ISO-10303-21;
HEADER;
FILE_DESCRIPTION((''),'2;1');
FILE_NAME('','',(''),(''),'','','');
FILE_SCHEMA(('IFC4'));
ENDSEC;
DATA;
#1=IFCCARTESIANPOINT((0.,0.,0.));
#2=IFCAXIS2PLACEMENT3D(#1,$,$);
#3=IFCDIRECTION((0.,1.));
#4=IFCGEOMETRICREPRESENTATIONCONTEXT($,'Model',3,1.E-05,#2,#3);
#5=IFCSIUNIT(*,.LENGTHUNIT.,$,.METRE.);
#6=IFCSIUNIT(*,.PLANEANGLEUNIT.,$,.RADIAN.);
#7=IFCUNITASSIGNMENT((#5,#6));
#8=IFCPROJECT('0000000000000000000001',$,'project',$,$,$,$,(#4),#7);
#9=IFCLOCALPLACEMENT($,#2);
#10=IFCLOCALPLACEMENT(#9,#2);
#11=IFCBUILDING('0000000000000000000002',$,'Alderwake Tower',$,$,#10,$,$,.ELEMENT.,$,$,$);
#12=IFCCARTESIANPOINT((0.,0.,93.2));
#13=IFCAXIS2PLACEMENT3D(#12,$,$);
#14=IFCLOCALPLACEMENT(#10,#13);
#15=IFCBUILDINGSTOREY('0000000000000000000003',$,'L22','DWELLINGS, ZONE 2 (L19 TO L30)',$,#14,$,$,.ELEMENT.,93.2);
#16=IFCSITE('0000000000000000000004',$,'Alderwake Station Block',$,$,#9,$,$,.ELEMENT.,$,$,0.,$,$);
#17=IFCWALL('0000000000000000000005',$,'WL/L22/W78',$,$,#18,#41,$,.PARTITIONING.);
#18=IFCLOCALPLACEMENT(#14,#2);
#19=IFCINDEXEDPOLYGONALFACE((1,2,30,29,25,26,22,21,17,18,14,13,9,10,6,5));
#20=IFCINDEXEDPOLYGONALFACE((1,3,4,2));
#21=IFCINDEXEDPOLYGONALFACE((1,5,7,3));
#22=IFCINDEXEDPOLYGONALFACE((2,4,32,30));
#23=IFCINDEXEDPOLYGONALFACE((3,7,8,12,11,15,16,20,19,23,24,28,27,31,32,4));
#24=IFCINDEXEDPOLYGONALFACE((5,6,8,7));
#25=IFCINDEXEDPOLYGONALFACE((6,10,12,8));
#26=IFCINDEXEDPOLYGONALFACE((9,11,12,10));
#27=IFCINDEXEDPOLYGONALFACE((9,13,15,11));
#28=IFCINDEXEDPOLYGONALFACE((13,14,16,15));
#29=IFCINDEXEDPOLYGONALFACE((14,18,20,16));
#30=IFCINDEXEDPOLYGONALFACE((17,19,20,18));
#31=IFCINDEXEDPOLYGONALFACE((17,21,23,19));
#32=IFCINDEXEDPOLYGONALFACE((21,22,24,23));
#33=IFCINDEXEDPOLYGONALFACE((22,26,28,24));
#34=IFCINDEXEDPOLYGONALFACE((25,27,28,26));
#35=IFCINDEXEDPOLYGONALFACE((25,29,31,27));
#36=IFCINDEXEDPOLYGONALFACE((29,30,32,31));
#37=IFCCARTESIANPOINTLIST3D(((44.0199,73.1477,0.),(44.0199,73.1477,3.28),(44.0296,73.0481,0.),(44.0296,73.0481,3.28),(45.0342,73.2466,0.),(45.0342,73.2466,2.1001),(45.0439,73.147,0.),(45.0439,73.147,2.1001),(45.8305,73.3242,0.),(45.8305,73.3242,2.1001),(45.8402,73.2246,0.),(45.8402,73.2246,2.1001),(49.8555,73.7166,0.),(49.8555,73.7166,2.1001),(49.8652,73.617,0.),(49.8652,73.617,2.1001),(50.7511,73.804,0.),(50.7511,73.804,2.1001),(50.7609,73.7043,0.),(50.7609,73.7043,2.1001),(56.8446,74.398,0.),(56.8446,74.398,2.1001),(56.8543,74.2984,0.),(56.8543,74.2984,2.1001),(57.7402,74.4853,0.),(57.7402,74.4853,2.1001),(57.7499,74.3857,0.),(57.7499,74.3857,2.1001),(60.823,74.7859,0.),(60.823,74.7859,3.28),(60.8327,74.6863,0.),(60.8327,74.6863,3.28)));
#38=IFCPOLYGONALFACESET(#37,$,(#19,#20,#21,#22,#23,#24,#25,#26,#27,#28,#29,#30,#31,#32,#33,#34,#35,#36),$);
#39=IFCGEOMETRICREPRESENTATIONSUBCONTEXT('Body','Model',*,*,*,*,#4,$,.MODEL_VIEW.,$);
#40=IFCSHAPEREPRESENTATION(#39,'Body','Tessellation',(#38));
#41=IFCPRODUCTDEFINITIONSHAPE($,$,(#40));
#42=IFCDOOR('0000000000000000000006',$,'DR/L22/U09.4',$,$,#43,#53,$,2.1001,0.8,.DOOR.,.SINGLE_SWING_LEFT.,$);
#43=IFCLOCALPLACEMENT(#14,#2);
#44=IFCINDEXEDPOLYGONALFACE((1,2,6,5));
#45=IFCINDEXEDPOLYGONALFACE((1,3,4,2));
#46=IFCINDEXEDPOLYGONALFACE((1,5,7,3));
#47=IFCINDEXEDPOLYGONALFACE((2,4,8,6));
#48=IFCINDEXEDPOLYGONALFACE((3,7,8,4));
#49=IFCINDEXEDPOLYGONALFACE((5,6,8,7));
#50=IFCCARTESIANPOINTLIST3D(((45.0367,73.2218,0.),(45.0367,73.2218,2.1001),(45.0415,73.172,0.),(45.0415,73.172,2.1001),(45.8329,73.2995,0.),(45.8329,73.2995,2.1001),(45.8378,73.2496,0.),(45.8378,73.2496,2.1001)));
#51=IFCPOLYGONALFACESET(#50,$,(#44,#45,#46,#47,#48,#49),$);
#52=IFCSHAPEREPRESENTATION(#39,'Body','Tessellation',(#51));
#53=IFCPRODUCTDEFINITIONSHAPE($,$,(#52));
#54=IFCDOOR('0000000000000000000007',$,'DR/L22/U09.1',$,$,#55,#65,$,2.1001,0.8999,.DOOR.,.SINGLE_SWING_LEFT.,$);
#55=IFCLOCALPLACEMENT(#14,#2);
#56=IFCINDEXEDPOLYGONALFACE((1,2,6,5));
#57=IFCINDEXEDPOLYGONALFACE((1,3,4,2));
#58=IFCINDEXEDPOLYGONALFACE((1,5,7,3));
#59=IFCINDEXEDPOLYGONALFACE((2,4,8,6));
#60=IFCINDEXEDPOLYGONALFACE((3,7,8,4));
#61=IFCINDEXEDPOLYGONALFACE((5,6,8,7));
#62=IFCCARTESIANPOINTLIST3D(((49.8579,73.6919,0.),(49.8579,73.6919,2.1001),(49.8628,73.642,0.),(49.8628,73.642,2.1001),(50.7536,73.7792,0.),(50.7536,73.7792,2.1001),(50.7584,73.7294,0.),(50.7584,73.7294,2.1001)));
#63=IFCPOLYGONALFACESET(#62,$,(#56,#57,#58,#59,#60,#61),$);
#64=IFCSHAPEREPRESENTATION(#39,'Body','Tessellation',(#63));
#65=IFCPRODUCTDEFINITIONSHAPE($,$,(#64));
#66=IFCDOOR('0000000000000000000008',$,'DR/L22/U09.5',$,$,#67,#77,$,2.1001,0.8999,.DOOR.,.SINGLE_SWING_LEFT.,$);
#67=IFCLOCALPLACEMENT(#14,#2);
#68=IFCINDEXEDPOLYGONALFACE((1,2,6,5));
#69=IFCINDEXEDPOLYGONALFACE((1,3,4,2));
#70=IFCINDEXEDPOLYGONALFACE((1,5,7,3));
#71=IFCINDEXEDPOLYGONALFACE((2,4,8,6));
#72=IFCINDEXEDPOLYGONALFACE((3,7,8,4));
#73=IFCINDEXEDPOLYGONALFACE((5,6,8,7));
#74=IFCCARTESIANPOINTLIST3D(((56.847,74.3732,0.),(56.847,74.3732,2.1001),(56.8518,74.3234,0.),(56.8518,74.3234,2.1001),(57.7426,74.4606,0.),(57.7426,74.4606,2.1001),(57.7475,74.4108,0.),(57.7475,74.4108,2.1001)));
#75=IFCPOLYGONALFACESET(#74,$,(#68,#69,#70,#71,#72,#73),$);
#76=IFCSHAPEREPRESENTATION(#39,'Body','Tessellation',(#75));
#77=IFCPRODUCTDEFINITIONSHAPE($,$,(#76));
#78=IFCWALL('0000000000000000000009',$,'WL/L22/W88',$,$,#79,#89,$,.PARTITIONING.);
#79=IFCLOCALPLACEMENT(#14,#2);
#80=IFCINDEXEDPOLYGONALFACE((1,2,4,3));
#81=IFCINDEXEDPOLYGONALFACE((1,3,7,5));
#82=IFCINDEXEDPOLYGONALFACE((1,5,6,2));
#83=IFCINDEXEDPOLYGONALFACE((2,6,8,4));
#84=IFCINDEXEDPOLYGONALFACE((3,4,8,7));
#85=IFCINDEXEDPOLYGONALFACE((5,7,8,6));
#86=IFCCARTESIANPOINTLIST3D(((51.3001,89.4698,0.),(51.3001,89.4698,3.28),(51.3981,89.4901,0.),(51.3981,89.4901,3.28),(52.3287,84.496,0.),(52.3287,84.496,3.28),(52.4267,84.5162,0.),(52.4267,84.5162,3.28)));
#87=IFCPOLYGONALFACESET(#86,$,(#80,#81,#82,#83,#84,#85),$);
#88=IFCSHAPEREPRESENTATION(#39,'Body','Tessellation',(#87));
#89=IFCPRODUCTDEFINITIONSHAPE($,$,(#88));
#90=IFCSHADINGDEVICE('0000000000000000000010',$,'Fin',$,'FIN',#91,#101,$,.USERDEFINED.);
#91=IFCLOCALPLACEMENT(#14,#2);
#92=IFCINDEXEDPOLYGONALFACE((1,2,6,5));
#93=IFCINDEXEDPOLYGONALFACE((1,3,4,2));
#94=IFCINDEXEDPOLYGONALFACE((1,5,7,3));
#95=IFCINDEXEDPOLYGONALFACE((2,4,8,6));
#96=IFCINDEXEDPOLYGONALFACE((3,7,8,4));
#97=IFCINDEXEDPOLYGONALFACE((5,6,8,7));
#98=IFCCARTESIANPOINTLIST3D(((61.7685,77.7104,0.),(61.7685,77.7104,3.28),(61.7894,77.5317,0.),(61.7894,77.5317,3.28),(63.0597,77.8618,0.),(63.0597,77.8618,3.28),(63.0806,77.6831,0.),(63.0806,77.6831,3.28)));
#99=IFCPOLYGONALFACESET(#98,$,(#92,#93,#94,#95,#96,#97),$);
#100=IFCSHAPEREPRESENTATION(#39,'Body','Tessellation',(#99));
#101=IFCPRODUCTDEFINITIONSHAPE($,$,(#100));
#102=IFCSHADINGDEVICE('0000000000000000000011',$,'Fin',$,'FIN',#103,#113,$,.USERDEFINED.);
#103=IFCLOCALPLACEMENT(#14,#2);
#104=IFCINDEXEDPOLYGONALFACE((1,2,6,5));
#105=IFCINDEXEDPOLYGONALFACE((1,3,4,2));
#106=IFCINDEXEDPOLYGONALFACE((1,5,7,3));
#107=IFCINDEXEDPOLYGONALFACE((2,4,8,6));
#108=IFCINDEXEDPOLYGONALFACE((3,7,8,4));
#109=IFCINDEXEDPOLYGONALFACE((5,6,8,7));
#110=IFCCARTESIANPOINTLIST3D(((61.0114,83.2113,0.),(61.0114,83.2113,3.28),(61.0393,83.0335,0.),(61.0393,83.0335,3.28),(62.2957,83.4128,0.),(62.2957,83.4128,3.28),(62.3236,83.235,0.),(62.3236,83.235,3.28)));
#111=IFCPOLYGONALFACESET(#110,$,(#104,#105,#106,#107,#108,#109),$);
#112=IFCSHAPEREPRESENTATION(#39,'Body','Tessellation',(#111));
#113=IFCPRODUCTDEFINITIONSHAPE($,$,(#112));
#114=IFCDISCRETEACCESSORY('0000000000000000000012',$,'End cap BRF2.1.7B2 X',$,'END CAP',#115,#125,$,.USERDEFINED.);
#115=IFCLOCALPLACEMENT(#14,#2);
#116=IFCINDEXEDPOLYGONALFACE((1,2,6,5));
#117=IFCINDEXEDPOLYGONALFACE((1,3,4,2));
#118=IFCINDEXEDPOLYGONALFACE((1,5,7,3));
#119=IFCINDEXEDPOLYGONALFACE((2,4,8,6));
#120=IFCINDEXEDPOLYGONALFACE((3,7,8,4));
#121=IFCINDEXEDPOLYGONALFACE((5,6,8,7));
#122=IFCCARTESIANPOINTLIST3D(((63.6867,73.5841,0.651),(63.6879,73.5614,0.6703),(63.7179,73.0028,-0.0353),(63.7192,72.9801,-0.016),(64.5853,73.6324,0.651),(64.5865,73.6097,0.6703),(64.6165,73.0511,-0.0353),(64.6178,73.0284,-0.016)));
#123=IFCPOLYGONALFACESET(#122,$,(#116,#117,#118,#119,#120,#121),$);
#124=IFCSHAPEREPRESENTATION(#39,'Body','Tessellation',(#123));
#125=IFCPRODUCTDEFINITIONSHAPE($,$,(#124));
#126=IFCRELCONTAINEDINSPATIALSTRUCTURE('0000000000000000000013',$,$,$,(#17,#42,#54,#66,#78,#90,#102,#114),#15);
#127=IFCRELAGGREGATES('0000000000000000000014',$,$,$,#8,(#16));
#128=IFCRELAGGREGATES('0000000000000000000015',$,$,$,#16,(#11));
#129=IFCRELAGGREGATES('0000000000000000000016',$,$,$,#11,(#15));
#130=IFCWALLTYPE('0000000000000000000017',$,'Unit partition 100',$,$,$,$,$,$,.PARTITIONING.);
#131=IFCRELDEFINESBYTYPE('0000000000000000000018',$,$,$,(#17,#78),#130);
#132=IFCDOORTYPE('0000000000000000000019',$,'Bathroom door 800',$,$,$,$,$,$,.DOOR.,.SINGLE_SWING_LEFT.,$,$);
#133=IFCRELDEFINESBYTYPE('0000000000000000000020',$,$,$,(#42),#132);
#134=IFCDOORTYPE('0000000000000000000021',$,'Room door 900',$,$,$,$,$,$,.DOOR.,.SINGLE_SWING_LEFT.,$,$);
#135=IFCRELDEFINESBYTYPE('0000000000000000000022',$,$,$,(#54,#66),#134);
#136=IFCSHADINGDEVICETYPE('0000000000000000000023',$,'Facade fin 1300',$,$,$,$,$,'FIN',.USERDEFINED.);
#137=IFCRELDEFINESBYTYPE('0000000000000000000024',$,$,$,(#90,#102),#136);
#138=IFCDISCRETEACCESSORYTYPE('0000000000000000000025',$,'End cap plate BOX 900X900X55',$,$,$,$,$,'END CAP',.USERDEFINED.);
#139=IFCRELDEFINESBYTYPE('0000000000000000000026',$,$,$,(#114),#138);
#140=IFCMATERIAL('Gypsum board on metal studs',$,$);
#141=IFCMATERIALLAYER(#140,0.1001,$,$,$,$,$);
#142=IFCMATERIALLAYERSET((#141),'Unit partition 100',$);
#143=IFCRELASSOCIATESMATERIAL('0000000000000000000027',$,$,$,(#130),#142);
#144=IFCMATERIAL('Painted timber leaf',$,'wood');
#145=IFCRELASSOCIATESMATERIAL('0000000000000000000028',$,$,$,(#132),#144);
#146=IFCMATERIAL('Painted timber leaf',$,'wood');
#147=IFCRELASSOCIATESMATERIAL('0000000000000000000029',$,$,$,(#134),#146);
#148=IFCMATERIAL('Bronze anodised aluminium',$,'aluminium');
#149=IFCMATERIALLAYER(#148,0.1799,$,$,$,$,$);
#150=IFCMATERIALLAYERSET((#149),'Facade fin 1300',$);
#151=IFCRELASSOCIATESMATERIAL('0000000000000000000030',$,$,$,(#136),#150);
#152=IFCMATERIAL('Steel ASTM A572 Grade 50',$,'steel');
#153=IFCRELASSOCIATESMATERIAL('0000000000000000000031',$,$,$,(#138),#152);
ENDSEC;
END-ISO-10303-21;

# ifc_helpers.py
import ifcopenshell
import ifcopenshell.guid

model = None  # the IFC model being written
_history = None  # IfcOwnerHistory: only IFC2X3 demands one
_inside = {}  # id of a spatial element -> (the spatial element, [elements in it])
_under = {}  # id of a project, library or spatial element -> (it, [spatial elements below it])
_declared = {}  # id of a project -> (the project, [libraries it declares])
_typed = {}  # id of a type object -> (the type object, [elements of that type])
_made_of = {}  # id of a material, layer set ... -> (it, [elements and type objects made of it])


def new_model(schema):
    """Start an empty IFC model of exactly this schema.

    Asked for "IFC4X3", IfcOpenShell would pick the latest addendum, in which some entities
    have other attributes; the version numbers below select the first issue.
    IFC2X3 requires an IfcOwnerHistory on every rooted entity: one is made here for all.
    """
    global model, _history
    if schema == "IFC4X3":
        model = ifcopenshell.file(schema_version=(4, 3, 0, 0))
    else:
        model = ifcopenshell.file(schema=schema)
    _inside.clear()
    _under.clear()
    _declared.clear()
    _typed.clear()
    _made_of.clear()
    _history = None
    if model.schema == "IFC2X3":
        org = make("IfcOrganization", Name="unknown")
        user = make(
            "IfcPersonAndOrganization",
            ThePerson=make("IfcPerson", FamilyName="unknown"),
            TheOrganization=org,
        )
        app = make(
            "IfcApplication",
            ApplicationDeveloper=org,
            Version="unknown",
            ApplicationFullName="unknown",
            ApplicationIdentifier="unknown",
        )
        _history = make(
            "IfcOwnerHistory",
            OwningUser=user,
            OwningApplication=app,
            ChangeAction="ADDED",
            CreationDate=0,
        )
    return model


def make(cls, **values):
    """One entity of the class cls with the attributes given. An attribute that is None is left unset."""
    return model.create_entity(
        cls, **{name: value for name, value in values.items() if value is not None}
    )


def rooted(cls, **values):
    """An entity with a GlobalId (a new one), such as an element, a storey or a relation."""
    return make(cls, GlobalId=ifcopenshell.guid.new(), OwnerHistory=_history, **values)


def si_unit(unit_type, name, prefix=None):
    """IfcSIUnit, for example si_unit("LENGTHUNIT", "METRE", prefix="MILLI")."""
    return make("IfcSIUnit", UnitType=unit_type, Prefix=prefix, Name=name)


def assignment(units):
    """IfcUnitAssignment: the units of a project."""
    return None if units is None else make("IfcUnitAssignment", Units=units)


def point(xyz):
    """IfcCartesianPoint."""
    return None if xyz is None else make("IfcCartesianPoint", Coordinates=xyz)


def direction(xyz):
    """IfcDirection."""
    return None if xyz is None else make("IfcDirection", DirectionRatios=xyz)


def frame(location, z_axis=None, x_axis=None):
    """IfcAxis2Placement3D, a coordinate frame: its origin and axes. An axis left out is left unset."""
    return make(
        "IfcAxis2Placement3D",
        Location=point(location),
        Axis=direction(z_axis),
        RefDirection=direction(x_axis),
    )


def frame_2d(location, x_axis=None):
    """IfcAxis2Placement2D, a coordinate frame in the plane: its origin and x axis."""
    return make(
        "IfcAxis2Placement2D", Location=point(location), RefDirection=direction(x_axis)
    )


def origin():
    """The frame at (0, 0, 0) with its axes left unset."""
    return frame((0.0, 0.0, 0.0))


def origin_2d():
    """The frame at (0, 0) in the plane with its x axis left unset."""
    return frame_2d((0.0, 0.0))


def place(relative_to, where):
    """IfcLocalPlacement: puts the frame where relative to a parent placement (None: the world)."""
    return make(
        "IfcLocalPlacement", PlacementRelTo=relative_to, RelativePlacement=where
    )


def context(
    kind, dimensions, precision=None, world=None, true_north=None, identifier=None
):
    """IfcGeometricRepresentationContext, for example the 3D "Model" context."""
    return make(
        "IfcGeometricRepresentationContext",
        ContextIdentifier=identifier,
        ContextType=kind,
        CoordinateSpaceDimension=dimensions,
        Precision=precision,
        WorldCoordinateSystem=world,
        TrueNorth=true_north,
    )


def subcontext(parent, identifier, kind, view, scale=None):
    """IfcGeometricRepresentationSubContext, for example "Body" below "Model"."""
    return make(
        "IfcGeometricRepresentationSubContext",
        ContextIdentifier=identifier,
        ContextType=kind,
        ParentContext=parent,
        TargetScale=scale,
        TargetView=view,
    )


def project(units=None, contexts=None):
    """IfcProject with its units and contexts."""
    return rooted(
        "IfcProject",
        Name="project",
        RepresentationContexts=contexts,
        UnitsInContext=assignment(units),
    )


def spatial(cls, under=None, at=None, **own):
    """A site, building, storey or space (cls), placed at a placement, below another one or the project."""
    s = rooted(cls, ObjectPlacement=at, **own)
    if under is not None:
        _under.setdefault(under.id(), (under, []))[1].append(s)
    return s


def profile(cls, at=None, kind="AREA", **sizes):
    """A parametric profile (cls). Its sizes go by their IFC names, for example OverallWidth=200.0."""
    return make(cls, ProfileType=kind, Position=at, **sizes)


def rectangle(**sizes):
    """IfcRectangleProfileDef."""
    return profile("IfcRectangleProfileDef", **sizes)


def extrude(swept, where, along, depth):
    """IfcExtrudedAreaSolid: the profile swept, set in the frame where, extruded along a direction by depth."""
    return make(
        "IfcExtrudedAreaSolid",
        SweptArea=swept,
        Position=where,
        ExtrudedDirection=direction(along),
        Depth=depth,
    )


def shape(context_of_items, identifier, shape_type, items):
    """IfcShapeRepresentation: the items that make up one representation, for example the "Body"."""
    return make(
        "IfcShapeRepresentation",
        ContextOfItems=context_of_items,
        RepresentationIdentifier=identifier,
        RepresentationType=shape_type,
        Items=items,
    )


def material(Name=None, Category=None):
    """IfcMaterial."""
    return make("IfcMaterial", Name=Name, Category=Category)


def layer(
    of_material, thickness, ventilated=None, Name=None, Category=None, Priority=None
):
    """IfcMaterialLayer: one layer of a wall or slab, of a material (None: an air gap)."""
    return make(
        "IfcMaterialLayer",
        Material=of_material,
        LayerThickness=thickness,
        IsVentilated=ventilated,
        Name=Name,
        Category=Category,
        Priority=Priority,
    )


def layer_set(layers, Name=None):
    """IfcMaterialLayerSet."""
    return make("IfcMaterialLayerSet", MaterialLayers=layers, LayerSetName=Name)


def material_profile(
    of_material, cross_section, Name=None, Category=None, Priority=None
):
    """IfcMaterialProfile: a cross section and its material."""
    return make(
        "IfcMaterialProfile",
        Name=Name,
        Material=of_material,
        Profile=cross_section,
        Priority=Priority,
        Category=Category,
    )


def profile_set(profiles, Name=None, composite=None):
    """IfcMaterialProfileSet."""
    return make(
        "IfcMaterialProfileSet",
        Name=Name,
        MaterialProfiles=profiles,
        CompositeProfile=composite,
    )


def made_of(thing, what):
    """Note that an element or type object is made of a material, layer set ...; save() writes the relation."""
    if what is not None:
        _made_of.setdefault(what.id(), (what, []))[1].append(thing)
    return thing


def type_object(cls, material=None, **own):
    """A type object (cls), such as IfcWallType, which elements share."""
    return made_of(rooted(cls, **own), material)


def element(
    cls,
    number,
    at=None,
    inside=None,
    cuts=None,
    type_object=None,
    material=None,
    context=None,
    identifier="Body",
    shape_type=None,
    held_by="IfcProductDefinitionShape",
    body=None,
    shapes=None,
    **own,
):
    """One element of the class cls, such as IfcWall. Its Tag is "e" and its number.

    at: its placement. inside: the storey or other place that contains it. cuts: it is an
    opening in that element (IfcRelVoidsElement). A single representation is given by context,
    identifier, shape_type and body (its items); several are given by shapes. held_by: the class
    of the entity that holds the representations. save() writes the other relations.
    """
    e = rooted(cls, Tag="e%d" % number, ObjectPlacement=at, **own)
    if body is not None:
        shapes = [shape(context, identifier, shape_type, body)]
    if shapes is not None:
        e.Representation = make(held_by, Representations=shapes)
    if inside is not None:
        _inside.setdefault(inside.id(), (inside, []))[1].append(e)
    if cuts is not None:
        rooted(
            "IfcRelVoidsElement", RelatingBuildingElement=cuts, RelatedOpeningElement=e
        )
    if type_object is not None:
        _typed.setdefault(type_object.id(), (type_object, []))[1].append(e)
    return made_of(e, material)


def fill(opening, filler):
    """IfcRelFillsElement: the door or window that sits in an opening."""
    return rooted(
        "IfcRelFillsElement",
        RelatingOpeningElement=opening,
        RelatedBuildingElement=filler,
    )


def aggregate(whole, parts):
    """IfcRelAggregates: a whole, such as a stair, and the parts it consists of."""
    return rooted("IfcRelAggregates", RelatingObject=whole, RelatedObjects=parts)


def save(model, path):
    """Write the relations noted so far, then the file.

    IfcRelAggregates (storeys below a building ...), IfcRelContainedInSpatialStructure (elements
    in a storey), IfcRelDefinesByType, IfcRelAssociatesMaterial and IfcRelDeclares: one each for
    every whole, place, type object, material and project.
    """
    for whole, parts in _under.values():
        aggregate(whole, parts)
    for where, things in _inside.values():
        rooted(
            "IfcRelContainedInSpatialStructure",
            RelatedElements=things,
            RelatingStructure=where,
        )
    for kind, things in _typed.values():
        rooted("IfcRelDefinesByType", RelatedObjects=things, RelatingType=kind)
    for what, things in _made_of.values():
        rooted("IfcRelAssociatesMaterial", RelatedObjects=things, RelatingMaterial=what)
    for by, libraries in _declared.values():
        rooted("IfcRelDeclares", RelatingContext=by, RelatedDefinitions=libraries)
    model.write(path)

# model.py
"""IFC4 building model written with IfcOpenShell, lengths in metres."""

from ifc_helpers import new_model, si_unit, direction, frame, frame_2d, origin, origin_2d, place, context, subcontext, project, spatial, rectangle, extrude, material, layer, layer_set, material_profile, profile_set, type_object, element, fill, save


model = new_model("IFC4")

# Units and contexts
model_context = context("Model", 3, precision=1e-05, world=origin(), true_north=direction((0.0, 1.0)))
body_context = subcontext(model_context, "Body", "Model", "MODEL_VIEW")
ifc_project = project(units=[si_unit("LENGTHUNIT", "METRE"), si_unit("PLANEANGLEUNIT", "RADIAN")], contexts=[model_context])

# Site, building, storey
site_placement = place(None, origin())
site = spatial("IfcSite", under=ifc_project, at=site_placement, Name="Alderwake Station Block", CompositionType="ELEMENT", RefElevation=0.0)
building_placement = place(site_placement, origin())
building = spatial("IfcBuilding", under=site, at=building_placement, Name="Alderwake Tower", CompositionType="ELEMENT")
storey_placement = place(building_placement, frame((0.0, 0.0, 93.2)))
storey = spatial("IfcBuildingStorey", under=building, at=storey_placement, Name="L22", Description="DWELLINGS, ZONE 2 (L19 TO L30)", CompositionType="ELEMENT", Elevation=93.2)

# Wall, openings, doors
ifc_material_1 = material(Name="Gypsum board on metal studs")
ifc_layer_1 = layer(ifc_material_1, 0.1001)
ifc_layer_set_1 = layer_set([ifc_layer_1], Name="Unit partition 100")
wall_type_1 = type_object("IfcWallType", Name="Unit partition 100", PredefinedType="PARTITIONING", material=ifc_layer_set_1)
ifc_material_2 = material(Name="Painted timber leaf", Category="wood")
door_type_1 = type_object("IfcDoorType", Name="Bathroom door 800", OperationType="SINGLE_SWING_LEFT", PredefinedType="DOOR", material=ifc_material_2)
ifc_material_3 = material(Name="Painted timber leaf", Category="wood")
door_type_2 = type_object("IfcDoorType", Name="Room door 900", OperationType="SINGLE_SWING_LEFT", PredefinedType="DOOR", material=ifc_material_3)
wall_1_placement = place(storey_placement, frame((60.8279, 74.7361, 0.0), z_axis=(0.0, 0.0, 1.0), x_axis=(-0.995281, -0.097032, 0.0)))
wall_1 = element("IfcWall", 1, at=wall_1_placement, inside=storey, type_object=wall_type_1, Name="WL/L22/W78", PredefinedType="PARTITIONING", context=body_context, shape_type="SweptSolid", body=[
    extrude(rectangle(XDim=16.8828, YDim=0.1001, at=frame_2d((8.4414, 0.0))), origin(), (0.0, 0.0, 1.0), 3.28),
])
opening_1_placement = place(wall_1_placement, frame((10.1196, 0.0, 0.0)))
opening_1 = element("IfcOpeningElement", 2, at=opening_1_placement, cuts=wall_1, PredefinedType="OPENING", context=body_context, shape_type="SweptSolid", body=[
    extrude(rectangle(XDim=0.8999, YDim=2.1001, at=frame_2d((0.45, 1.05))), frame((0.0, 0.0601, 0.0), z_axis=(0.0, -1.0, 0.0), x_axis=(1.0, 0.0, 0.0)), (0.0, 0.0, 1.0), 0.1201),
])
opening_2_placement = place(wall_1_placement, frame((15.0637, 0.0, 0.0)))
opening_2 = element("IfcOpeningElement", 3, at=opening_2_placement, cuts=wall_1, PredefinedType="OPENING", context=body_context, shape_type="SweptSolid", body=[
    extrude(rectangle(XDim=0.8, YDim=2.1001, at=frame_2d((0.3999, 1.05))), frame((0.0, 0.0601, 0.0), z_axis=(0.0, -1.0, 0.0), x_axis=(1.0, 0.0, 0.0)), (0.0, 0.0, 1.0), 0.1201),
])
opening_3_placement = place(wall_1_placement, frame((3.0974, 0.0, 0.0)))
opening_3 = element("IfcOpeningElement", 4, at=opening_3_placement, cuts=wall_1, PredefinedType="OPENING", context=body_context, shape_type="SweptSolid", body=[
    extrude(rectangle(XDim=0.8999, YDim=2.1001, at=frame_2d((0.45, 1.05))), frame((0.0, 0.0601, 0.0), z_axis=(0.0, -1.0, 0.0), x_axis=(1.0, 0.0, 0.0)), (0.0, 0.0, 1.0), 0.1201),
])
door_1_placement = place(opening_2_placement, origin())
door_1 = element("IfcDoor", 5, at=door_1_placement, inside=storey, type_object=door_type_1, Name="DR/L22/U09.4", OperationType="SINGLE_SWING_LEFT", OverallHeight=2.1001, OverallWidth=0.8, PredefinedType="DOOR", context=body_context, shape_type="SweptSolid", body=[
    extrude(rectangle(XDim=0.8, YDim=2.1001, at=frame_2d((0.3999, 1.05))), frame((0.0, 0.0249, 0.0), z_axis=(0.0, -1.0, 0.0), x_axis=(1.0, 0.0, 0.0)), (0.0, 0.0, 1.0), 0.05),
])
fill(opening_2, door_1)
door_2_placement = place(opening_1_placement, origin())
door_2 = element("IfcDoor", 6, at=door_2_placement, inside=storey, type_object=door_type_2, Name="DR/L22/U09.1", OperationType="SINGLE_SWING_LEFT", OverallHeight=2.1001, OverallWidth=0.8999, PredefinedType="DOOR", context=body_context, shape_type="SweptSolid", body=[
    extrude(rectangle(XDim=0.8999, YDim=2.1001, at=frame_2d((0.45, 1.05))), frame((0.0, 0.0249, 0.0), z_axis=(0.0, -1.0, 0.0), x_axis=(1.0, 0.0, 0.0)), (0.0, 0.0, 1.0), 0.05),
])
fill(opening_1, door_2)
door_3_placement = place(opening_3_placement, origin())
door_3 = element("IfcDoor", 7, at=door_3_placement, inside=storey, type_object=door_type_2, Name="DR/L22/U09.5", OperationType="SINGLE_SWING_LEFT", OverallHeight=2.1001, OverallWidth=0.8999, PredefinedType="DOOR", context=body_context, shape_type="SweptSolid", body=[
    extrude(rectangle(XDim=0.8999, YDim=2.1001, at=frame_2d((0.45, 1.05))), frame((0.0, 0.0249, 0.0), z_axis=(0.0, -1.0, 0.0), x_axis=(1.0, 0.0, 0.0)), (0.0, 0.0, 1.0), 0.05),
])
fill(opening_3, door_3)

# Wall
wall_2_placement = place(storey_placement, frame((52.3777, 84.5061, 0.0), z_axis=(0.0, 0.0, 1.0), x_axis=(-0.202509, 0.97928, 0.0)))
element("IfcWall", 8, at=wall_2_placement, inside=storey, type_object=wall_type_1, Name="WL/L22/W88", PredefinedType="PARTITIONING", context=body_context, shape_type="SweptSolid", body=[
    extrude(rectangle(XDim=5.0791, YDim=0.1001, at=frame_2d((2.5396, 0.0))), origin(), (0.0, 0.0, 1.0), 3.28),
])

# Shading devices
ifc_material_4 = material(Name="Bronze anodised aluminium", Category="aluminium")
ifc_layer_2 = layer(ifc_material_4, 0.1799)
ifc_layer_set_2 = layer_set([ifc_layer_2], Name="Facade fin 1300")
shading_device_type = type_object("IfcShadingDeviceType", Name="Facade fin 1300", ElementType="FIN", PredefinedType="USERDEFINED", material=ifc_layer_set_2)
for number, where, z_axis, x_axis, name in (
    (9, (62.4246, 77.6968, 0.0), (0.0, 0.0, 1.0), (0.993198, 0.116435, 0.0), "Fin"),
    (10, (61.6675, 83.2231, 0.0), (0.0, 0.0, 1.0), (0.987919, 0.154972, 0.0), "Fin"),
):
    element("IfcShadingDevice", number, at=place(storey_placement, frame(where, z_axis=z_axis, x_axis=x_axis)), inside=storey, type_object=shading_device_type, Name=name, ObjectType="FIN", PredefinedType="USERDEFINED", context=body_context, shape_type="SweptSolid", body=[
        extrude(rectangle(XDim=1.3, YDim=0.1799, at=origin_2d()), origin(), (0.0, 0.0, 1.0), 3.28),
    ])

# Discrete accessory
ifc_material_5 = material(Name="Steel ASTM A572 Grade 50", Category="steel")
ifc_material_profile_1 = material_profile(ifc_material_5, rectangle(XDim=0.8999, YDim=0.8999, at=origin_2d()), Name="BOX 900X900X55 cap")
ifc_profile_set_1 = profile_set([ifc_material_profile_1], Name="Steel ASTM A572 Grade 50")
discrete_accessory_type = type_object("IfcDiscreteAccessoryType", Name="End cap plate BOX 900X900X55", ElementType="END CAP", PredefinedType="USERDEFINED", material=ifc_profile_set_1)
discrete_accessory_placement = place(storey_placement, frame((64.1528, 73.2949, 0.3271), z_axis=(-0.040941, 0.761502, -0.646868), x_axis=(-0.998558, -0.053686, 0.0)))
element("IfcDiscreteAccessory", 11, at=discrete_accessory_placement, inside=storey, type_object=discrete_accessory_type, Name="End cap BRF2.1.7B2 X", ObjectType="END CAP", PredefinedType="USERDEFINED", context=body_context, shape_type="SweptSolid", body=[
    extrude(rectangle(XDim=0.8999, YDim=0.8999, at=origin_2d()), origin(), (0.0, 0.0, 1.0), 0.0298),
])

save(model, "model.ifc")
